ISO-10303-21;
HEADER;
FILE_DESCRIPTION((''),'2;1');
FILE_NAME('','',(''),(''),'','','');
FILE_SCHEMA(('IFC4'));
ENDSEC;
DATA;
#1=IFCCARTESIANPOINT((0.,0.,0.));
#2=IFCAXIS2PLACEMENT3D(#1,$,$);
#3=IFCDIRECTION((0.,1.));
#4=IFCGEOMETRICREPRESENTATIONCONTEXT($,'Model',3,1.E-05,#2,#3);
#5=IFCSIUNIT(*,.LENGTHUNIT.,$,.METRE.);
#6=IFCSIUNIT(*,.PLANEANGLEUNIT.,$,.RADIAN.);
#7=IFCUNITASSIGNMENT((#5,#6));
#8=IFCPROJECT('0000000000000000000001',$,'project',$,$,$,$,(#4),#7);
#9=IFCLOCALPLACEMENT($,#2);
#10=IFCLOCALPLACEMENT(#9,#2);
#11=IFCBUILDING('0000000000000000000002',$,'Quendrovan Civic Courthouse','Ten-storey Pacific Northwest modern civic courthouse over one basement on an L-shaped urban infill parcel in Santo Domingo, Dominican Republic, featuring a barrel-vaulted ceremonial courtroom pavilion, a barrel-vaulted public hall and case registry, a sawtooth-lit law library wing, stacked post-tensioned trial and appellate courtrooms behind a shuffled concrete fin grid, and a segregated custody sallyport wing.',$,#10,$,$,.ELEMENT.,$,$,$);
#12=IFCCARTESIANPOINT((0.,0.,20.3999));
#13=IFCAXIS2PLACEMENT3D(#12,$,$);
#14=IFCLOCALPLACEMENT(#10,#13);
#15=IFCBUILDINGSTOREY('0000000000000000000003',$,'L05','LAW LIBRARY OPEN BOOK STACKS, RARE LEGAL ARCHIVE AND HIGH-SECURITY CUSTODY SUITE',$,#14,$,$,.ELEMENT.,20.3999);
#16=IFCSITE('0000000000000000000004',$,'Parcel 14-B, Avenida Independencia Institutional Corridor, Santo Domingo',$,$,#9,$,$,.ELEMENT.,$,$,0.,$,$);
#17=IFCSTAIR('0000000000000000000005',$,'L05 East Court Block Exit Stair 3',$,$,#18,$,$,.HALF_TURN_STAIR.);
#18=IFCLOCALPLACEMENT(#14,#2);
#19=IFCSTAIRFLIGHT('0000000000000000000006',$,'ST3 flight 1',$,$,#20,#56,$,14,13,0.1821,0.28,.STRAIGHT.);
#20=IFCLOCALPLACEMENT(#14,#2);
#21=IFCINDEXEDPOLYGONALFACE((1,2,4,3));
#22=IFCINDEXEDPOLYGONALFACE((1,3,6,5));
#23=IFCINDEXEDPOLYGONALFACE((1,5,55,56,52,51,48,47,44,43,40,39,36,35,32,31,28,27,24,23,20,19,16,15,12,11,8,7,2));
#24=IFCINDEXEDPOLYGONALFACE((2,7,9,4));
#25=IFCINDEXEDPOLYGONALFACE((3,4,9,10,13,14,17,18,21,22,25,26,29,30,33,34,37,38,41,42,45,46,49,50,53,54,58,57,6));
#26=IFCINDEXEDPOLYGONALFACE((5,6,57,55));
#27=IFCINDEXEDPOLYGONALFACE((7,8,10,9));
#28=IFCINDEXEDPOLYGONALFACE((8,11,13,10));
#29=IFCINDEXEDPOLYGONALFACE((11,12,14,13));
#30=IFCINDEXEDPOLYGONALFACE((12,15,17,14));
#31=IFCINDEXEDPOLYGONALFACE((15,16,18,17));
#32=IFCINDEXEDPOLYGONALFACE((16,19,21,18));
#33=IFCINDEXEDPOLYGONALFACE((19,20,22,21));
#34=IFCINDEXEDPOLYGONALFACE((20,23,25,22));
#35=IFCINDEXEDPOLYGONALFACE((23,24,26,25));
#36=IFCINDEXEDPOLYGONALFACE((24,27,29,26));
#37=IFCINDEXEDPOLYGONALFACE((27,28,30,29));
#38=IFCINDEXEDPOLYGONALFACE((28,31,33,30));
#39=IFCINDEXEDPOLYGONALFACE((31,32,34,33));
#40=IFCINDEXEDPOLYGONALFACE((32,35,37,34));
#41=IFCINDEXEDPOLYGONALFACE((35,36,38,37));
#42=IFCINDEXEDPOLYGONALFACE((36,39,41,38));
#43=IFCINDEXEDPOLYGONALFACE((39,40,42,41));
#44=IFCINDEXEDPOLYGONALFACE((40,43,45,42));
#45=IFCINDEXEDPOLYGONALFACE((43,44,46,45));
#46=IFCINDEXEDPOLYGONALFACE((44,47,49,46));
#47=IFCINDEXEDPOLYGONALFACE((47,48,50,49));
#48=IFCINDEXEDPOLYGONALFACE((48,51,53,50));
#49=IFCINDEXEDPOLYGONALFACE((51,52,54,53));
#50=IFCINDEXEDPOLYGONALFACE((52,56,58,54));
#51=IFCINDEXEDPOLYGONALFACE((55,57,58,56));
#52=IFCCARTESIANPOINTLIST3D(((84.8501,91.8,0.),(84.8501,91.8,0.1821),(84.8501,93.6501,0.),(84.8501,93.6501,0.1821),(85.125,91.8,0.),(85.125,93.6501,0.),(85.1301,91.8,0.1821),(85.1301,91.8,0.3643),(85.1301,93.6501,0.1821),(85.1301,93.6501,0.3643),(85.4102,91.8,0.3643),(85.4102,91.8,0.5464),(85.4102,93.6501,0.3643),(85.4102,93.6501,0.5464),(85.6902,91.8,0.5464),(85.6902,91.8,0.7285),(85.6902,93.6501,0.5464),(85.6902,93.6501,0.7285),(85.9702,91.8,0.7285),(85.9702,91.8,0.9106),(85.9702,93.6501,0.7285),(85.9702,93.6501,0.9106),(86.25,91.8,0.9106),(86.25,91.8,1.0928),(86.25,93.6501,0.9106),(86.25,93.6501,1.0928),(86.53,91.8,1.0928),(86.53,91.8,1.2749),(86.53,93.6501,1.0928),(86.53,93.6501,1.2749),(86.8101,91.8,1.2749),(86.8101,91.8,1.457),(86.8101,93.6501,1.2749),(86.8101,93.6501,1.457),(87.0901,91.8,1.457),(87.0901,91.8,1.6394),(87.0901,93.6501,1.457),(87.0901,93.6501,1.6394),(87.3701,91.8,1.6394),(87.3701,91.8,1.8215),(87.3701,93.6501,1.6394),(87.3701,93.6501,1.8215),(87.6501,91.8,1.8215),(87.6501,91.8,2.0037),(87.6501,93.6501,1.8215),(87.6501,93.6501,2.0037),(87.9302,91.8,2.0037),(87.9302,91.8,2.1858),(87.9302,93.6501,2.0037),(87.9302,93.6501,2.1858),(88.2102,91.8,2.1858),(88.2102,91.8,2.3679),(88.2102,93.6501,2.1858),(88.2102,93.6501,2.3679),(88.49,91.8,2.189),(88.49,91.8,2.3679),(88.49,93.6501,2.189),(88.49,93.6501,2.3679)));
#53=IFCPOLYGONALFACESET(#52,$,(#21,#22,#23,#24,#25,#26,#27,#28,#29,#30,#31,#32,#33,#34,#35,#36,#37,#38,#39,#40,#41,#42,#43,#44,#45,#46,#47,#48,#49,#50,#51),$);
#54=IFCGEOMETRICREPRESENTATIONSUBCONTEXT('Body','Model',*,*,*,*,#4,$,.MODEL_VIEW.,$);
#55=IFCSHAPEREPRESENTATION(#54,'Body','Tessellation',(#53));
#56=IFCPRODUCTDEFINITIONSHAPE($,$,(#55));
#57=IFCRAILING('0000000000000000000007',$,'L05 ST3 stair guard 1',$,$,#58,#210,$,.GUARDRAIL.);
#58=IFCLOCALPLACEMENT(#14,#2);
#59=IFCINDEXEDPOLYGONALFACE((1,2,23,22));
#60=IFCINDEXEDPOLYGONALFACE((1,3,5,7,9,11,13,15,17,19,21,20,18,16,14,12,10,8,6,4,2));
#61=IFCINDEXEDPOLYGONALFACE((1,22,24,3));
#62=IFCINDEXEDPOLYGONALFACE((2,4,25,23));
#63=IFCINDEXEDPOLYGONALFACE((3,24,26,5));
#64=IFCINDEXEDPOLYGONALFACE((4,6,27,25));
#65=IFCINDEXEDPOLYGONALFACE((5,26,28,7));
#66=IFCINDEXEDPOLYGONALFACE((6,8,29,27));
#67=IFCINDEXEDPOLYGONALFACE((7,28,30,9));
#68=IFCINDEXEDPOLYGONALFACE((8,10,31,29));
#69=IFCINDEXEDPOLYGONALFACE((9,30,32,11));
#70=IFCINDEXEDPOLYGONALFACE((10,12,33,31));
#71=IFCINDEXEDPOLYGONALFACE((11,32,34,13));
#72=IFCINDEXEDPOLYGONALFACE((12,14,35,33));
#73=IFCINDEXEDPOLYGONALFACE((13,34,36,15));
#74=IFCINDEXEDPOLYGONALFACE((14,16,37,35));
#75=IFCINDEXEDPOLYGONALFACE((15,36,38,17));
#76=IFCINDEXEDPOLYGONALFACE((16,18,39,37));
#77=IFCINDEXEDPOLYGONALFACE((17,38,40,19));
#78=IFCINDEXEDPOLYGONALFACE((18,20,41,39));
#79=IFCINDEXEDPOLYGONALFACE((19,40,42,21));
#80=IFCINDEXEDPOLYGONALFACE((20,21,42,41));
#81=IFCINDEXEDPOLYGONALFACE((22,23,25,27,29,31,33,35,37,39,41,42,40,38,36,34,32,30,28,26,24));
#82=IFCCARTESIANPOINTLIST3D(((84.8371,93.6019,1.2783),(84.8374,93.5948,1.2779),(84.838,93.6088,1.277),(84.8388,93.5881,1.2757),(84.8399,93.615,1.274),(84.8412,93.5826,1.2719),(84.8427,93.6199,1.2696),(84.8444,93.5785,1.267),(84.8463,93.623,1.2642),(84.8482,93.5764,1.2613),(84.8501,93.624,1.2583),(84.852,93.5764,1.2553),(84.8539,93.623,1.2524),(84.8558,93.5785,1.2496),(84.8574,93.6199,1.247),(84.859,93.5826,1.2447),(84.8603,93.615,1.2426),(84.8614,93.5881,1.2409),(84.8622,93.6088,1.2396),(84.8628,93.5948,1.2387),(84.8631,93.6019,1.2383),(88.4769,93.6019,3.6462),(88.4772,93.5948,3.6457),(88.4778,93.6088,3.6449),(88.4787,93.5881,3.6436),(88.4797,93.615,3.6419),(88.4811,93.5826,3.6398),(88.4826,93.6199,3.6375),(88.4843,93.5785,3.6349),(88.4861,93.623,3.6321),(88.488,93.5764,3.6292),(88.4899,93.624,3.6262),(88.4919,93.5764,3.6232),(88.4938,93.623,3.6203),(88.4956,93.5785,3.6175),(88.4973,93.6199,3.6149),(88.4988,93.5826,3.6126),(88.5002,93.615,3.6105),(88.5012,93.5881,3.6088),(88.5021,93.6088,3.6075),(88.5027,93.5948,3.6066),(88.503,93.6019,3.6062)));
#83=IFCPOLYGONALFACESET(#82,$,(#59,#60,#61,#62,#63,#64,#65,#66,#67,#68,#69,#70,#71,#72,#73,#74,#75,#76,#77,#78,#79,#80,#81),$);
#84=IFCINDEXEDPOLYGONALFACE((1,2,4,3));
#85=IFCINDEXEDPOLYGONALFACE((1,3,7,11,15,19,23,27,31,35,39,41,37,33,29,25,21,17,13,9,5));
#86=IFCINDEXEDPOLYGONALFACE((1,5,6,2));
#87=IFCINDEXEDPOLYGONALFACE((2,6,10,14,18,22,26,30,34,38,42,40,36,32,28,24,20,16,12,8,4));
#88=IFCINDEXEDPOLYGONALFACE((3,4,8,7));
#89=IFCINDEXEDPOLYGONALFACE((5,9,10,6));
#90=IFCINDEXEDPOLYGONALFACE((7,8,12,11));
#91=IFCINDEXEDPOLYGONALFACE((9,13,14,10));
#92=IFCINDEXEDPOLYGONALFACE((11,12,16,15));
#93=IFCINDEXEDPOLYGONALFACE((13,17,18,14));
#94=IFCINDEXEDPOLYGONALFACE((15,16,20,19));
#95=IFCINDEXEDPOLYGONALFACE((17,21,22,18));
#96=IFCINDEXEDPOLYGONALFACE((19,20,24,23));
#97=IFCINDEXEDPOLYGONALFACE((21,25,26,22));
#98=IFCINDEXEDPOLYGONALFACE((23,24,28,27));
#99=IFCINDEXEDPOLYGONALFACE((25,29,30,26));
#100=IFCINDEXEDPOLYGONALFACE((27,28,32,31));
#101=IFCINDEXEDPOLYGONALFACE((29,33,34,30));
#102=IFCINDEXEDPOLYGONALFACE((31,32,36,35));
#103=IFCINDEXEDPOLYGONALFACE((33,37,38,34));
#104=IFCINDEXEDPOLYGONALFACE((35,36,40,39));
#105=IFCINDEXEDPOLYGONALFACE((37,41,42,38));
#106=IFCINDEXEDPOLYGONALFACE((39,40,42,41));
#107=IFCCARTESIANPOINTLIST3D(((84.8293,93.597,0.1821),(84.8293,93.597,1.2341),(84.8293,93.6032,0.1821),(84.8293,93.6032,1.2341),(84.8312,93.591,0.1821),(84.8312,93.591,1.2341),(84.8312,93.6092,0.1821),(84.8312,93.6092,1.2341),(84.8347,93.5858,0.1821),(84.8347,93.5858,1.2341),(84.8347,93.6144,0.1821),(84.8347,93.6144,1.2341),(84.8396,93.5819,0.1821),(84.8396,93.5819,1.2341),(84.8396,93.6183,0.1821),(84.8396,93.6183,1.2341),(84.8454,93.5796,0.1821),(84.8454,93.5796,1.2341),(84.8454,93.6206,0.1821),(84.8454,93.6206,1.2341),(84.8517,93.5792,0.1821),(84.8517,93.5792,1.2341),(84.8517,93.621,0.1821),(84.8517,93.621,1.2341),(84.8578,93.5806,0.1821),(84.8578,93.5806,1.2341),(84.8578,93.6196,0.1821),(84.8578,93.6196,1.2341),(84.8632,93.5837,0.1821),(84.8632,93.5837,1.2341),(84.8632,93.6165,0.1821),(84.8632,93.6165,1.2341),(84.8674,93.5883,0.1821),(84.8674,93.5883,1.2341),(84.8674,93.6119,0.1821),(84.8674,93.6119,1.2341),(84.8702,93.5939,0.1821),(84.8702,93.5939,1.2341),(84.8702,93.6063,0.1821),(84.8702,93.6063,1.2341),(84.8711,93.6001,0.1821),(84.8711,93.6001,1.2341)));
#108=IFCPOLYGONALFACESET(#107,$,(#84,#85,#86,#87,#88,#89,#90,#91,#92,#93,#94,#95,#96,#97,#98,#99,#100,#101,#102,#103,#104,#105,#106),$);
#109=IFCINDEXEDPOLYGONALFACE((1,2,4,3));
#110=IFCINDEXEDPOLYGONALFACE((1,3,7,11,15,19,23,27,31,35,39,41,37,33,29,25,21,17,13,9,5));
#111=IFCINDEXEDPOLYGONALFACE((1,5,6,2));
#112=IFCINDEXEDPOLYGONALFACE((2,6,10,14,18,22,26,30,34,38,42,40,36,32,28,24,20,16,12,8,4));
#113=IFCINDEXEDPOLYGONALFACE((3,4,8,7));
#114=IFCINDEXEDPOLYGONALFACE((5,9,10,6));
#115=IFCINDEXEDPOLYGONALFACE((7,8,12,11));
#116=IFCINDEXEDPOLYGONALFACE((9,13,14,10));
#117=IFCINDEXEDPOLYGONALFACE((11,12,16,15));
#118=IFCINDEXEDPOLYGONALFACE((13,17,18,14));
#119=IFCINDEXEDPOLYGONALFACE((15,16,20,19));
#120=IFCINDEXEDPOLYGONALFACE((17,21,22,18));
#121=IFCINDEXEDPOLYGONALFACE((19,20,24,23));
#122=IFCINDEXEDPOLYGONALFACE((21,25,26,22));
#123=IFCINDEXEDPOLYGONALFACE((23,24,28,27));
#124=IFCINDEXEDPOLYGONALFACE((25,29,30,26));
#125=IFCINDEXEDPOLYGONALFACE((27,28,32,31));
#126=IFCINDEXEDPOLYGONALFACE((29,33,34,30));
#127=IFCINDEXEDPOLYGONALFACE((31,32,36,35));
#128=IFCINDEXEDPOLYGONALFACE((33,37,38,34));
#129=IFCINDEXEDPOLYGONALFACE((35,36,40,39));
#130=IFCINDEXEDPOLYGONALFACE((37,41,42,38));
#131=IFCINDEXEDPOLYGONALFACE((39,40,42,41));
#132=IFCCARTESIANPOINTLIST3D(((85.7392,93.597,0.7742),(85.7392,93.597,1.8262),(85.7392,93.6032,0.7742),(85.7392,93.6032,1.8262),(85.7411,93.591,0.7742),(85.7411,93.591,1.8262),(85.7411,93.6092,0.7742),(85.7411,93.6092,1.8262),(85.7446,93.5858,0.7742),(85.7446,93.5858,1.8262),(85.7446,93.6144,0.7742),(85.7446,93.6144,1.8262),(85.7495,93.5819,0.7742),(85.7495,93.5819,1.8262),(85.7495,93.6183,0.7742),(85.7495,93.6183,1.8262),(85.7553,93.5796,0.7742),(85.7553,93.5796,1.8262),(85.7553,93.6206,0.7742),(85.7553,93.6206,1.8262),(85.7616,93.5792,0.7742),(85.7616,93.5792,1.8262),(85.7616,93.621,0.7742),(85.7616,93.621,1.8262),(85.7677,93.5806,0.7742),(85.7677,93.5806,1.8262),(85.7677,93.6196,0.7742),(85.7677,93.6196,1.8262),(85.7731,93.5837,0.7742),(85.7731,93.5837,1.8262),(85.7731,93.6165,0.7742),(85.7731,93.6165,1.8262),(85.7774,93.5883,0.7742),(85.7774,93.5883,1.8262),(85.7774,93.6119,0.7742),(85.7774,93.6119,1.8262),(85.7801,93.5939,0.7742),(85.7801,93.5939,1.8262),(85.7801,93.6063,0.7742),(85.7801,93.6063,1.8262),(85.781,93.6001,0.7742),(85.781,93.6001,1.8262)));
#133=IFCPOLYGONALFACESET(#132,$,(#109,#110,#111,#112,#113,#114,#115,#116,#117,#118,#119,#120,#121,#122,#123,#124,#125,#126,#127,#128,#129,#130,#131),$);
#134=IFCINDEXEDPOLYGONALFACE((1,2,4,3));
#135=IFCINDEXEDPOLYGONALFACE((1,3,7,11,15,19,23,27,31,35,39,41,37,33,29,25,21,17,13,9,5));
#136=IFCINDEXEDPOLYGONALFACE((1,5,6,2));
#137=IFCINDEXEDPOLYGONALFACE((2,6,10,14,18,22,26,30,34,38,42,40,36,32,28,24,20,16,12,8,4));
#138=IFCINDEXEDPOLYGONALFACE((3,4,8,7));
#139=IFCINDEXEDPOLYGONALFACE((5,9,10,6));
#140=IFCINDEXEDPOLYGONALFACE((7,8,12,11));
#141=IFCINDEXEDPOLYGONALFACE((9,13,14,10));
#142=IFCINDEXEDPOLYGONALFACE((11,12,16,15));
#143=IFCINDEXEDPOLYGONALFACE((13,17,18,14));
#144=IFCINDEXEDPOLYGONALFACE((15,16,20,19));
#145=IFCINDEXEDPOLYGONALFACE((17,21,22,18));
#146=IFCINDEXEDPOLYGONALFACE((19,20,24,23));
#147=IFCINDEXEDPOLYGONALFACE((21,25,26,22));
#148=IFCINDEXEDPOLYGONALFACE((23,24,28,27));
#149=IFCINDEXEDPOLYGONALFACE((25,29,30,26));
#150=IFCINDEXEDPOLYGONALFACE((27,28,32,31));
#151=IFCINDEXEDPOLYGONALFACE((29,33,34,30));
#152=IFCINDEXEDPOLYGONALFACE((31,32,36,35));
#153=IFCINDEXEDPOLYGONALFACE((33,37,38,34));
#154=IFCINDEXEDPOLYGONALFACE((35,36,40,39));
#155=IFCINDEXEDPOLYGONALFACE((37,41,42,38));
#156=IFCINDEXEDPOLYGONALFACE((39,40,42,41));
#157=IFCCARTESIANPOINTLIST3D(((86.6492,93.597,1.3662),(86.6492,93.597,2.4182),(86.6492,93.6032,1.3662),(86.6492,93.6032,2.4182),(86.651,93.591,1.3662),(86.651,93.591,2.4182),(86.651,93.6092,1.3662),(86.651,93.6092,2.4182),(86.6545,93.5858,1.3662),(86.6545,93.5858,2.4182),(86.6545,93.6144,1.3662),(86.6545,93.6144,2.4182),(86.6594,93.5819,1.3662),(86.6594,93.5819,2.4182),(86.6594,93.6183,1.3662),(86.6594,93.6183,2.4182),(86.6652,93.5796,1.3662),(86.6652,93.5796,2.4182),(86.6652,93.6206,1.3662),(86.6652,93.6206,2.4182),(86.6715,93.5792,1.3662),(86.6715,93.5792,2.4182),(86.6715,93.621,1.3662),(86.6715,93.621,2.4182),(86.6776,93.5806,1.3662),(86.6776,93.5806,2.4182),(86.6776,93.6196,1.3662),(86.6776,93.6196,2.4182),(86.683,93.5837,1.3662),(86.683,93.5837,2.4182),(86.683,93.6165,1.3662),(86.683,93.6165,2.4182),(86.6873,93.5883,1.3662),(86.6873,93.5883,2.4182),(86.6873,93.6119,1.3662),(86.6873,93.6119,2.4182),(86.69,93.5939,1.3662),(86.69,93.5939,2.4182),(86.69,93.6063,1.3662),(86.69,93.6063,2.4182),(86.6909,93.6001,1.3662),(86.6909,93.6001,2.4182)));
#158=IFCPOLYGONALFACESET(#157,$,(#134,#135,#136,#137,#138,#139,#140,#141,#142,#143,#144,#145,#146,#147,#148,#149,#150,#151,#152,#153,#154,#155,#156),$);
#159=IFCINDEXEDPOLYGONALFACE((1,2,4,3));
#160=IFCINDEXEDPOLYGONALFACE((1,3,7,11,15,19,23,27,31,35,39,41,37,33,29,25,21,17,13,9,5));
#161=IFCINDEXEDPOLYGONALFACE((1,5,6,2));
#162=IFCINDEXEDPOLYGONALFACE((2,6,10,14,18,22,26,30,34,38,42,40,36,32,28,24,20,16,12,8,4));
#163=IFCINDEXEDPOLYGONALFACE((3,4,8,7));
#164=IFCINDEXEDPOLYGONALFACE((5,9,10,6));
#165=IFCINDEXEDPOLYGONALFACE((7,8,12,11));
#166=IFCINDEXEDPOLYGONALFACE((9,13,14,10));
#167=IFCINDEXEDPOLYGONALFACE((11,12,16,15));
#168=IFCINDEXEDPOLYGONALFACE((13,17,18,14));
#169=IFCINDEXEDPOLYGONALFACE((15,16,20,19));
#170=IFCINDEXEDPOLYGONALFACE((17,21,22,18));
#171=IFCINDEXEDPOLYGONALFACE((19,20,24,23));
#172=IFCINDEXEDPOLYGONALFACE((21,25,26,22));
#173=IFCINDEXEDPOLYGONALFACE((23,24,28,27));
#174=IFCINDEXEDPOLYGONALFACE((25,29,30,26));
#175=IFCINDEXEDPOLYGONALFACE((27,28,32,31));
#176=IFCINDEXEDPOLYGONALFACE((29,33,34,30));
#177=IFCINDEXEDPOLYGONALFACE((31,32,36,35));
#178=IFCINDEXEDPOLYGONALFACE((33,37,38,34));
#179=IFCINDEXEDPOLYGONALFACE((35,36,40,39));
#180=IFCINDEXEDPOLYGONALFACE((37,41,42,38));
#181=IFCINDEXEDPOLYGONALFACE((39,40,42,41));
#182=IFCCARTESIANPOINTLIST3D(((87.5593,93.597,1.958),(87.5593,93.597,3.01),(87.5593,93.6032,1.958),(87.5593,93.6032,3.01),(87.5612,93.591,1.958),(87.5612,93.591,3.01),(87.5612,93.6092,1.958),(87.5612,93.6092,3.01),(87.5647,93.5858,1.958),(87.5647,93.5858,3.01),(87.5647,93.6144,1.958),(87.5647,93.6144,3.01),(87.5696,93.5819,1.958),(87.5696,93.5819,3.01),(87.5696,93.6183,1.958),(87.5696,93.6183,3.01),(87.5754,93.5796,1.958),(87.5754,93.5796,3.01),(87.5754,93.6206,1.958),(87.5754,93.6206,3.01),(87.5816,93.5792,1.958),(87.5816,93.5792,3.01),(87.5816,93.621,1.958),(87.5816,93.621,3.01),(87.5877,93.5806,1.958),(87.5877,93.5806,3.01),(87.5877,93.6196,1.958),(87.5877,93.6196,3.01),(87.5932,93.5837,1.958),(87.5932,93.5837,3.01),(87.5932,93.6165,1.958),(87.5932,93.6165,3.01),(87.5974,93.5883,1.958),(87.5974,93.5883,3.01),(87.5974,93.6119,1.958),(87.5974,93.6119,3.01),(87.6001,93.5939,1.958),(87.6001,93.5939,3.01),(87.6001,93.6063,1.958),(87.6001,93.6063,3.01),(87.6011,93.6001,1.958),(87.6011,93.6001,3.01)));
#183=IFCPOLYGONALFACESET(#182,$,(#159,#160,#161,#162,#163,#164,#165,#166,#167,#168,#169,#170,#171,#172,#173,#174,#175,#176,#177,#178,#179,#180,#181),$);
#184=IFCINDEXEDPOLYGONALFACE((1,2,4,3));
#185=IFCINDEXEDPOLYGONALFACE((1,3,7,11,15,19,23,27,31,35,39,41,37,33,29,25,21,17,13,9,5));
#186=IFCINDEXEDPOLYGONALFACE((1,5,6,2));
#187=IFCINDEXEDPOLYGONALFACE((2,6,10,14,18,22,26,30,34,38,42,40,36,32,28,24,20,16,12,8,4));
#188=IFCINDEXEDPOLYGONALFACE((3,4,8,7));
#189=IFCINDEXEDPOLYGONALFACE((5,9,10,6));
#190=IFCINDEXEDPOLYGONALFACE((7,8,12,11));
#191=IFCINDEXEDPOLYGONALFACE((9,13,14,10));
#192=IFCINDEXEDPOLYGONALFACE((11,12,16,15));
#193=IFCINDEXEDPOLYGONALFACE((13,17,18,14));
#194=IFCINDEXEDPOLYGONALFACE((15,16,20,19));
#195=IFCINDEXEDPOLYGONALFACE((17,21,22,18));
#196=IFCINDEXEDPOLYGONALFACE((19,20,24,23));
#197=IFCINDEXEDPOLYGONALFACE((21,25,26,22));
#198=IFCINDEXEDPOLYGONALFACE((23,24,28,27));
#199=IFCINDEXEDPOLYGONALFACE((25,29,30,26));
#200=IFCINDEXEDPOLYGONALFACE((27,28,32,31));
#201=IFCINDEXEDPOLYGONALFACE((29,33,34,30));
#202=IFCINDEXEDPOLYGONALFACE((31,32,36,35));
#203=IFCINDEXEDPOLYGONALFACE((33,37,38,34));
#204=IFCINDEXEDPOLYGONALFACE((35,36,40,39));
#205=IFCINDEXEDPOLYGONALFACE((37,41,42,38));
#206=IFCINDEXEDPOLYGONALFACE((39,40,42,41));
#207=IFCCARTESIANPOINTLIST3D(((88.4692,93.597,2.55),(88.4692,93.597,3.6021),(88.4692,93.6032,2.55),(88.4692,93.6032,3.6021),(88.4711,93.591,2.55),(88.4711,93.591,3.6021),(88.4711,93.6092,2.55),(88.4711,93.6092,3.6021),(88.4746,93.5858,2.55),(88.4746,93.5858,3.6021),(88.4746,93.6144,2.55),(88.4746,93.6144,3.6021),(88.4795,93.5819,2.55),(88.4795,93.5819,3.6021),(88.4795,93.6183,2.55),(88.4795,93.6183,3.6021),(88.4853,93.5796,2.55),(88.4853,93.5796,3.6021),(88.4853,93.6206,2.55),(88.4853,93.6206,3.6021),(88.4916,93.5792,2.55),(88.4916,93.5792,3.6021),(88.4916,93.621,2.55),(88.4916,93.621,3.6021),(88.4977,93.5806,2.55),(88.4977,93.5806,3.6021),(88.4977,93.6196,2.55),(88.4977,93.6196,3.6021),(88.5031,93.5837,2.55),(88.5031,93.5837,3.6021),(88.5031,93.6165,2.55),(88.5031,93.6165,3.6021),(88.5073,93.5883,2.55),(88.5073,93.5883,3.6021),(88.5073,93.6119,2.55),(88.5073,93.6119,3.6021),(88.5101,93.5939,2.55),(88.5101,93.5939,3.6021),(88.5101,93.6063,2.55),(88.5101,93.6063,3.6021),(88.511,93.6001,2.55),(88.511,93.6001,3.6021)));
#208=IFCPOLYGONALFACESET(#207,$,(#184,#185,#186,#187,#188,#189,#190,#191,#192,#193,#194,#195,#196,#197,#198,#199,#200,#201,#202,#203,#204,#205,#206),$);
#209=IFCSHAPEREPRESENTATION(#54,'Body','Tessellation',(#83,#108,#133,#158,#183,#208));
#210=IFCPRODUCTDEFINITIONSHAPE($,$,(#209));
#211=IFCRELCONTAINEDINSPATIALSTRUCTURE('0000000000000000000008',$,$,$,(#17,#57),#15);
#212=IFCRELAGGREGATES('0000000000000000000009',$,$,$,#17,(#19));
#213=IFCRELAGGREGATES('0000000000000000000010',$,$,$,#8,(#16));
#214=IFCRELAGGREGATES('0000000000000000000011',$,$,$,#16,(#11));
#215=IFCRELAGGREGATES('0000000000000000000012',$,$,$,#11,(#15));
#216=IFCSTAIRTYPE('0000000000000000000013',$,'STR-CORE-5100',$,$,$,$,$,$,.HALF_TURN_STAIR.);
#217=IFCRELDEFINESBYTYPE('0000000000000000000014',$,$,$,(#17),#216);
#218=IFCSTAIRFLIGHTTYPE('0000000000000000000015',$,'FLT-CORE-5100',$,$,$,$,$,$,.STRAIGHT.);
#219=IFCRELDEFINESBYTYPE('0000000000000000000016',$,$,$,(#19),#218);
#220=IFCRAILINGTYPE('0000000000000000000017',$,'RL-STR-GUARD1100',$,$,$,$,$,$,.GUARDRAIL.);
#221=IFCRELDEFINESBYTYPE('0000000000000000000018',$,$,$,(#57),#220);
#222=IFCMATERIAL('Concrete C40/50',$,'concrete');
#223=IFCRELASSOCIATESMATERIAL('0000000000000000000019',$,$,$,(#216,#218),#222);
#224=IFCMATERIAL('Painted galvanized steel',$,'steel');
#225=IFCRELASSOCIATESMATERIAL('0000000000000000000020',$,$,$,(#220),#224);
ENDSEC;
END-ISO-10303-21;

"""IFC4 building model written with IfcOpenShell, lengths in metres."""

from ifc_helpers import new_model, si_unit, direction, frame, origin, origin_2d, place, context, subcontext, project, spatial, polyline, circle, outline, extrude, material, type_object, element, aggregate, save


model = new_model("IFC4")

# Units and contexts
model_context = context("Model", 3, precision=1e-05, world=origin(), true_north=direction((0.0, 1.0)))
body_context = subcontext(model_context, "Body", "Model", "MODEL_VIEW")
ifc_project = project(units=[si_unit("LENGTHUNIT", "METRE"), si_unit("PLANEANGLEUNIT", "RADIAN")], contexts=[model_context])

# Site, building, storey
site_placement = place(None, origin())
site = spatial("IfcSite", under=ifc_project, at=site_placement, Name="Parcel 14-B, Avenida Independencia Institutional Corridor, Santo Domingo", CompositionType="ELEMENT", RefElevation=0.0)
building_placement = place(site_placement, origin())
building = spatial("IfcBuilding", under=site, at=building_placement, Name="Quendrovan Civic Courthouse", Description="Ten-storey Pacific Northwest modern civic courthouse over one basement on an L-shaped urban infill parcel in Santo Domingo, Dominican Republic, featuring a barrel-vaulted ceremonial courtroom pavilion, a barrel-vaulted public hall and case registry, a sawtooth-lit law library wing, stacked post-tensioned trial and appellate courtrooms behind a shuffled concrete fin grid, and a segregated custody sallyport wing.", CompositionType="ELEMENT")
storey_placement = place(building_placement, frame((0.0, 0.0, 20.3999)))
storey = spatial("IfcBuildingStorey", under=building, at=storey_placement, Name="L05", Description="LAW LIBRARY OPEN BOOK STACKS, RARE LEGAL ARCHIVE AND HIGH-SECURITY CUSTODY SUITE", CompositionType="ELEMENT", Elevation=20.3999)

# Shared definitions
ifc_material_1 = material(Name="Concrete C40/50", Category="concrete")

# Stair, stair flight
stair_type = type_object("IfcStairType", Name="STR-CORE-5100", PredefinedType="HALF_TURN_STAIR", material=ifc_material_1)
stair_placement = place(storey_placement, origin())
stair = element("IfcStair", 1, at=stair_placement, inside=storey, type_object=stair_type, Name="L05 East Court Block Exit Stair 3", PredefinedType="HALF_TURN_STAIR")
stair_flight_type = type_object("IfcStairFlightType", Name="FLT-CORE-5100", PredefinedType="STRAIGHT", material=ifc_material_1)
stair_flight_placement = place(storey_placement, frame((84.8501, 92.7251, 0.0), z_axis=(0.0, 0.0, 1.0), x_axis=(1.0, 0.0, 0.0)))
stair_flight = element("IfcStairFlight", 2, at=stair_flight_placement, type_object=stair_flight_type, Name="ST3 flight 1", NumberOfRisers=14, NumberOfTreads=13, PredefinedType="STRAIGHT", RiserHeight=0.1821, TreadLength=0.28, context=body_context, shape_type="SweptSolid", body=[
    extrude(outline(polyline([(0.0, 0.0), (0.0, 0.1821), (0.28, 0.1821), (0.28, 0.3643), (0.5601, 0.3643), (0.5601, 0.5464), (0.8401, 0.5464), (0.8401, 0.7285), (1.1201, 0.7285), (1.1201, 0.9106), (1.3999, 0.9106), (1.3999, 1.0928), (1.6799, 1.0928), (1.6799, 1.2749), (1.96, 1.2749), (1.96, 1.457), (2.24, 1.457), (2.24, 1.6394), (2.52, 1.6394), (2.52, 1.8215), (2.8, 1.8215), (2.8, 2.0037), (3.0801, 2.0037), (3.0801, 2.1858), (3.3601, 2.1858), (3.3601, 2.3679), (3.6399, 2.3679), (3.6399, 2.55), (3.6399, 2.189), (0.2749, 0.0), (0.0, 0.0)])), frame((0.0, 0.925, 0.0), z_axis=(0.0, -1.0, 0.0), x_axis=(1.0, 0.0, 0.0)), (0.0, 0.0, 1.0), 1.8501),
])
aggregate(stair, [stair_flight])

# Railing
ifc_material_2 = material(Name="Painted galvanized steel", Category="steel")
railing_type_1 = type_object("IfcRailingType", Name="RL-STR-GUARD1100", PredefinedType="GUARDRAIL", material=ifc_material_2)
railing_1_placement = place(storey_placement, frame((84.8501, 93.6001, 0.1821)))
element("IfcRailing", 3, at=railing_1_placement, inside=storey, type_object=railing_type_1, Name="L05 ST3 stair guard 1", PredefinedType="GUARDRAIL", context=body_context, shape_type="SweptSolid", body=[
    extrude(circle(Radius=0.0239, at=origin_2d()), frame((0.0, 0.0, 1.0762), z_axis=(0.838234, 0.0, 0.54531), x_axis=(0.0, 1.0, 0.0)), (0.0, 0.0, 1.0), 4.3423),
    extrude(circle(Radius=0.021, at=origin_2d()), origin(), (0.0, 0.0, 1.0), 1.052),
    extrude(circle(Radius=0.021, at=origin_2d()), frame((0.9099, 0.0, 0.592)), (0.0, 0.0, 1.0), 1.052),
    extrude(circle(Radius=0.021, at=origin_2d()), frame((1.8198, 0.0, 1.1841)), (0.0, 0.0, 1.0), 1.052),
    extrude(circle(Radius=0.021, at=origin_2d()), frame((2.73, 0.0, 1.7759)), (0.0, 0.0, 1.0), 1.052),
    extrude(circle(Radius=0.021, at=origin_2d()), frame((3.6399, 0.0, 2.3679)), (0.0, 0.0, 1.0), 1.052),
])

save(model, "model.ifc")
